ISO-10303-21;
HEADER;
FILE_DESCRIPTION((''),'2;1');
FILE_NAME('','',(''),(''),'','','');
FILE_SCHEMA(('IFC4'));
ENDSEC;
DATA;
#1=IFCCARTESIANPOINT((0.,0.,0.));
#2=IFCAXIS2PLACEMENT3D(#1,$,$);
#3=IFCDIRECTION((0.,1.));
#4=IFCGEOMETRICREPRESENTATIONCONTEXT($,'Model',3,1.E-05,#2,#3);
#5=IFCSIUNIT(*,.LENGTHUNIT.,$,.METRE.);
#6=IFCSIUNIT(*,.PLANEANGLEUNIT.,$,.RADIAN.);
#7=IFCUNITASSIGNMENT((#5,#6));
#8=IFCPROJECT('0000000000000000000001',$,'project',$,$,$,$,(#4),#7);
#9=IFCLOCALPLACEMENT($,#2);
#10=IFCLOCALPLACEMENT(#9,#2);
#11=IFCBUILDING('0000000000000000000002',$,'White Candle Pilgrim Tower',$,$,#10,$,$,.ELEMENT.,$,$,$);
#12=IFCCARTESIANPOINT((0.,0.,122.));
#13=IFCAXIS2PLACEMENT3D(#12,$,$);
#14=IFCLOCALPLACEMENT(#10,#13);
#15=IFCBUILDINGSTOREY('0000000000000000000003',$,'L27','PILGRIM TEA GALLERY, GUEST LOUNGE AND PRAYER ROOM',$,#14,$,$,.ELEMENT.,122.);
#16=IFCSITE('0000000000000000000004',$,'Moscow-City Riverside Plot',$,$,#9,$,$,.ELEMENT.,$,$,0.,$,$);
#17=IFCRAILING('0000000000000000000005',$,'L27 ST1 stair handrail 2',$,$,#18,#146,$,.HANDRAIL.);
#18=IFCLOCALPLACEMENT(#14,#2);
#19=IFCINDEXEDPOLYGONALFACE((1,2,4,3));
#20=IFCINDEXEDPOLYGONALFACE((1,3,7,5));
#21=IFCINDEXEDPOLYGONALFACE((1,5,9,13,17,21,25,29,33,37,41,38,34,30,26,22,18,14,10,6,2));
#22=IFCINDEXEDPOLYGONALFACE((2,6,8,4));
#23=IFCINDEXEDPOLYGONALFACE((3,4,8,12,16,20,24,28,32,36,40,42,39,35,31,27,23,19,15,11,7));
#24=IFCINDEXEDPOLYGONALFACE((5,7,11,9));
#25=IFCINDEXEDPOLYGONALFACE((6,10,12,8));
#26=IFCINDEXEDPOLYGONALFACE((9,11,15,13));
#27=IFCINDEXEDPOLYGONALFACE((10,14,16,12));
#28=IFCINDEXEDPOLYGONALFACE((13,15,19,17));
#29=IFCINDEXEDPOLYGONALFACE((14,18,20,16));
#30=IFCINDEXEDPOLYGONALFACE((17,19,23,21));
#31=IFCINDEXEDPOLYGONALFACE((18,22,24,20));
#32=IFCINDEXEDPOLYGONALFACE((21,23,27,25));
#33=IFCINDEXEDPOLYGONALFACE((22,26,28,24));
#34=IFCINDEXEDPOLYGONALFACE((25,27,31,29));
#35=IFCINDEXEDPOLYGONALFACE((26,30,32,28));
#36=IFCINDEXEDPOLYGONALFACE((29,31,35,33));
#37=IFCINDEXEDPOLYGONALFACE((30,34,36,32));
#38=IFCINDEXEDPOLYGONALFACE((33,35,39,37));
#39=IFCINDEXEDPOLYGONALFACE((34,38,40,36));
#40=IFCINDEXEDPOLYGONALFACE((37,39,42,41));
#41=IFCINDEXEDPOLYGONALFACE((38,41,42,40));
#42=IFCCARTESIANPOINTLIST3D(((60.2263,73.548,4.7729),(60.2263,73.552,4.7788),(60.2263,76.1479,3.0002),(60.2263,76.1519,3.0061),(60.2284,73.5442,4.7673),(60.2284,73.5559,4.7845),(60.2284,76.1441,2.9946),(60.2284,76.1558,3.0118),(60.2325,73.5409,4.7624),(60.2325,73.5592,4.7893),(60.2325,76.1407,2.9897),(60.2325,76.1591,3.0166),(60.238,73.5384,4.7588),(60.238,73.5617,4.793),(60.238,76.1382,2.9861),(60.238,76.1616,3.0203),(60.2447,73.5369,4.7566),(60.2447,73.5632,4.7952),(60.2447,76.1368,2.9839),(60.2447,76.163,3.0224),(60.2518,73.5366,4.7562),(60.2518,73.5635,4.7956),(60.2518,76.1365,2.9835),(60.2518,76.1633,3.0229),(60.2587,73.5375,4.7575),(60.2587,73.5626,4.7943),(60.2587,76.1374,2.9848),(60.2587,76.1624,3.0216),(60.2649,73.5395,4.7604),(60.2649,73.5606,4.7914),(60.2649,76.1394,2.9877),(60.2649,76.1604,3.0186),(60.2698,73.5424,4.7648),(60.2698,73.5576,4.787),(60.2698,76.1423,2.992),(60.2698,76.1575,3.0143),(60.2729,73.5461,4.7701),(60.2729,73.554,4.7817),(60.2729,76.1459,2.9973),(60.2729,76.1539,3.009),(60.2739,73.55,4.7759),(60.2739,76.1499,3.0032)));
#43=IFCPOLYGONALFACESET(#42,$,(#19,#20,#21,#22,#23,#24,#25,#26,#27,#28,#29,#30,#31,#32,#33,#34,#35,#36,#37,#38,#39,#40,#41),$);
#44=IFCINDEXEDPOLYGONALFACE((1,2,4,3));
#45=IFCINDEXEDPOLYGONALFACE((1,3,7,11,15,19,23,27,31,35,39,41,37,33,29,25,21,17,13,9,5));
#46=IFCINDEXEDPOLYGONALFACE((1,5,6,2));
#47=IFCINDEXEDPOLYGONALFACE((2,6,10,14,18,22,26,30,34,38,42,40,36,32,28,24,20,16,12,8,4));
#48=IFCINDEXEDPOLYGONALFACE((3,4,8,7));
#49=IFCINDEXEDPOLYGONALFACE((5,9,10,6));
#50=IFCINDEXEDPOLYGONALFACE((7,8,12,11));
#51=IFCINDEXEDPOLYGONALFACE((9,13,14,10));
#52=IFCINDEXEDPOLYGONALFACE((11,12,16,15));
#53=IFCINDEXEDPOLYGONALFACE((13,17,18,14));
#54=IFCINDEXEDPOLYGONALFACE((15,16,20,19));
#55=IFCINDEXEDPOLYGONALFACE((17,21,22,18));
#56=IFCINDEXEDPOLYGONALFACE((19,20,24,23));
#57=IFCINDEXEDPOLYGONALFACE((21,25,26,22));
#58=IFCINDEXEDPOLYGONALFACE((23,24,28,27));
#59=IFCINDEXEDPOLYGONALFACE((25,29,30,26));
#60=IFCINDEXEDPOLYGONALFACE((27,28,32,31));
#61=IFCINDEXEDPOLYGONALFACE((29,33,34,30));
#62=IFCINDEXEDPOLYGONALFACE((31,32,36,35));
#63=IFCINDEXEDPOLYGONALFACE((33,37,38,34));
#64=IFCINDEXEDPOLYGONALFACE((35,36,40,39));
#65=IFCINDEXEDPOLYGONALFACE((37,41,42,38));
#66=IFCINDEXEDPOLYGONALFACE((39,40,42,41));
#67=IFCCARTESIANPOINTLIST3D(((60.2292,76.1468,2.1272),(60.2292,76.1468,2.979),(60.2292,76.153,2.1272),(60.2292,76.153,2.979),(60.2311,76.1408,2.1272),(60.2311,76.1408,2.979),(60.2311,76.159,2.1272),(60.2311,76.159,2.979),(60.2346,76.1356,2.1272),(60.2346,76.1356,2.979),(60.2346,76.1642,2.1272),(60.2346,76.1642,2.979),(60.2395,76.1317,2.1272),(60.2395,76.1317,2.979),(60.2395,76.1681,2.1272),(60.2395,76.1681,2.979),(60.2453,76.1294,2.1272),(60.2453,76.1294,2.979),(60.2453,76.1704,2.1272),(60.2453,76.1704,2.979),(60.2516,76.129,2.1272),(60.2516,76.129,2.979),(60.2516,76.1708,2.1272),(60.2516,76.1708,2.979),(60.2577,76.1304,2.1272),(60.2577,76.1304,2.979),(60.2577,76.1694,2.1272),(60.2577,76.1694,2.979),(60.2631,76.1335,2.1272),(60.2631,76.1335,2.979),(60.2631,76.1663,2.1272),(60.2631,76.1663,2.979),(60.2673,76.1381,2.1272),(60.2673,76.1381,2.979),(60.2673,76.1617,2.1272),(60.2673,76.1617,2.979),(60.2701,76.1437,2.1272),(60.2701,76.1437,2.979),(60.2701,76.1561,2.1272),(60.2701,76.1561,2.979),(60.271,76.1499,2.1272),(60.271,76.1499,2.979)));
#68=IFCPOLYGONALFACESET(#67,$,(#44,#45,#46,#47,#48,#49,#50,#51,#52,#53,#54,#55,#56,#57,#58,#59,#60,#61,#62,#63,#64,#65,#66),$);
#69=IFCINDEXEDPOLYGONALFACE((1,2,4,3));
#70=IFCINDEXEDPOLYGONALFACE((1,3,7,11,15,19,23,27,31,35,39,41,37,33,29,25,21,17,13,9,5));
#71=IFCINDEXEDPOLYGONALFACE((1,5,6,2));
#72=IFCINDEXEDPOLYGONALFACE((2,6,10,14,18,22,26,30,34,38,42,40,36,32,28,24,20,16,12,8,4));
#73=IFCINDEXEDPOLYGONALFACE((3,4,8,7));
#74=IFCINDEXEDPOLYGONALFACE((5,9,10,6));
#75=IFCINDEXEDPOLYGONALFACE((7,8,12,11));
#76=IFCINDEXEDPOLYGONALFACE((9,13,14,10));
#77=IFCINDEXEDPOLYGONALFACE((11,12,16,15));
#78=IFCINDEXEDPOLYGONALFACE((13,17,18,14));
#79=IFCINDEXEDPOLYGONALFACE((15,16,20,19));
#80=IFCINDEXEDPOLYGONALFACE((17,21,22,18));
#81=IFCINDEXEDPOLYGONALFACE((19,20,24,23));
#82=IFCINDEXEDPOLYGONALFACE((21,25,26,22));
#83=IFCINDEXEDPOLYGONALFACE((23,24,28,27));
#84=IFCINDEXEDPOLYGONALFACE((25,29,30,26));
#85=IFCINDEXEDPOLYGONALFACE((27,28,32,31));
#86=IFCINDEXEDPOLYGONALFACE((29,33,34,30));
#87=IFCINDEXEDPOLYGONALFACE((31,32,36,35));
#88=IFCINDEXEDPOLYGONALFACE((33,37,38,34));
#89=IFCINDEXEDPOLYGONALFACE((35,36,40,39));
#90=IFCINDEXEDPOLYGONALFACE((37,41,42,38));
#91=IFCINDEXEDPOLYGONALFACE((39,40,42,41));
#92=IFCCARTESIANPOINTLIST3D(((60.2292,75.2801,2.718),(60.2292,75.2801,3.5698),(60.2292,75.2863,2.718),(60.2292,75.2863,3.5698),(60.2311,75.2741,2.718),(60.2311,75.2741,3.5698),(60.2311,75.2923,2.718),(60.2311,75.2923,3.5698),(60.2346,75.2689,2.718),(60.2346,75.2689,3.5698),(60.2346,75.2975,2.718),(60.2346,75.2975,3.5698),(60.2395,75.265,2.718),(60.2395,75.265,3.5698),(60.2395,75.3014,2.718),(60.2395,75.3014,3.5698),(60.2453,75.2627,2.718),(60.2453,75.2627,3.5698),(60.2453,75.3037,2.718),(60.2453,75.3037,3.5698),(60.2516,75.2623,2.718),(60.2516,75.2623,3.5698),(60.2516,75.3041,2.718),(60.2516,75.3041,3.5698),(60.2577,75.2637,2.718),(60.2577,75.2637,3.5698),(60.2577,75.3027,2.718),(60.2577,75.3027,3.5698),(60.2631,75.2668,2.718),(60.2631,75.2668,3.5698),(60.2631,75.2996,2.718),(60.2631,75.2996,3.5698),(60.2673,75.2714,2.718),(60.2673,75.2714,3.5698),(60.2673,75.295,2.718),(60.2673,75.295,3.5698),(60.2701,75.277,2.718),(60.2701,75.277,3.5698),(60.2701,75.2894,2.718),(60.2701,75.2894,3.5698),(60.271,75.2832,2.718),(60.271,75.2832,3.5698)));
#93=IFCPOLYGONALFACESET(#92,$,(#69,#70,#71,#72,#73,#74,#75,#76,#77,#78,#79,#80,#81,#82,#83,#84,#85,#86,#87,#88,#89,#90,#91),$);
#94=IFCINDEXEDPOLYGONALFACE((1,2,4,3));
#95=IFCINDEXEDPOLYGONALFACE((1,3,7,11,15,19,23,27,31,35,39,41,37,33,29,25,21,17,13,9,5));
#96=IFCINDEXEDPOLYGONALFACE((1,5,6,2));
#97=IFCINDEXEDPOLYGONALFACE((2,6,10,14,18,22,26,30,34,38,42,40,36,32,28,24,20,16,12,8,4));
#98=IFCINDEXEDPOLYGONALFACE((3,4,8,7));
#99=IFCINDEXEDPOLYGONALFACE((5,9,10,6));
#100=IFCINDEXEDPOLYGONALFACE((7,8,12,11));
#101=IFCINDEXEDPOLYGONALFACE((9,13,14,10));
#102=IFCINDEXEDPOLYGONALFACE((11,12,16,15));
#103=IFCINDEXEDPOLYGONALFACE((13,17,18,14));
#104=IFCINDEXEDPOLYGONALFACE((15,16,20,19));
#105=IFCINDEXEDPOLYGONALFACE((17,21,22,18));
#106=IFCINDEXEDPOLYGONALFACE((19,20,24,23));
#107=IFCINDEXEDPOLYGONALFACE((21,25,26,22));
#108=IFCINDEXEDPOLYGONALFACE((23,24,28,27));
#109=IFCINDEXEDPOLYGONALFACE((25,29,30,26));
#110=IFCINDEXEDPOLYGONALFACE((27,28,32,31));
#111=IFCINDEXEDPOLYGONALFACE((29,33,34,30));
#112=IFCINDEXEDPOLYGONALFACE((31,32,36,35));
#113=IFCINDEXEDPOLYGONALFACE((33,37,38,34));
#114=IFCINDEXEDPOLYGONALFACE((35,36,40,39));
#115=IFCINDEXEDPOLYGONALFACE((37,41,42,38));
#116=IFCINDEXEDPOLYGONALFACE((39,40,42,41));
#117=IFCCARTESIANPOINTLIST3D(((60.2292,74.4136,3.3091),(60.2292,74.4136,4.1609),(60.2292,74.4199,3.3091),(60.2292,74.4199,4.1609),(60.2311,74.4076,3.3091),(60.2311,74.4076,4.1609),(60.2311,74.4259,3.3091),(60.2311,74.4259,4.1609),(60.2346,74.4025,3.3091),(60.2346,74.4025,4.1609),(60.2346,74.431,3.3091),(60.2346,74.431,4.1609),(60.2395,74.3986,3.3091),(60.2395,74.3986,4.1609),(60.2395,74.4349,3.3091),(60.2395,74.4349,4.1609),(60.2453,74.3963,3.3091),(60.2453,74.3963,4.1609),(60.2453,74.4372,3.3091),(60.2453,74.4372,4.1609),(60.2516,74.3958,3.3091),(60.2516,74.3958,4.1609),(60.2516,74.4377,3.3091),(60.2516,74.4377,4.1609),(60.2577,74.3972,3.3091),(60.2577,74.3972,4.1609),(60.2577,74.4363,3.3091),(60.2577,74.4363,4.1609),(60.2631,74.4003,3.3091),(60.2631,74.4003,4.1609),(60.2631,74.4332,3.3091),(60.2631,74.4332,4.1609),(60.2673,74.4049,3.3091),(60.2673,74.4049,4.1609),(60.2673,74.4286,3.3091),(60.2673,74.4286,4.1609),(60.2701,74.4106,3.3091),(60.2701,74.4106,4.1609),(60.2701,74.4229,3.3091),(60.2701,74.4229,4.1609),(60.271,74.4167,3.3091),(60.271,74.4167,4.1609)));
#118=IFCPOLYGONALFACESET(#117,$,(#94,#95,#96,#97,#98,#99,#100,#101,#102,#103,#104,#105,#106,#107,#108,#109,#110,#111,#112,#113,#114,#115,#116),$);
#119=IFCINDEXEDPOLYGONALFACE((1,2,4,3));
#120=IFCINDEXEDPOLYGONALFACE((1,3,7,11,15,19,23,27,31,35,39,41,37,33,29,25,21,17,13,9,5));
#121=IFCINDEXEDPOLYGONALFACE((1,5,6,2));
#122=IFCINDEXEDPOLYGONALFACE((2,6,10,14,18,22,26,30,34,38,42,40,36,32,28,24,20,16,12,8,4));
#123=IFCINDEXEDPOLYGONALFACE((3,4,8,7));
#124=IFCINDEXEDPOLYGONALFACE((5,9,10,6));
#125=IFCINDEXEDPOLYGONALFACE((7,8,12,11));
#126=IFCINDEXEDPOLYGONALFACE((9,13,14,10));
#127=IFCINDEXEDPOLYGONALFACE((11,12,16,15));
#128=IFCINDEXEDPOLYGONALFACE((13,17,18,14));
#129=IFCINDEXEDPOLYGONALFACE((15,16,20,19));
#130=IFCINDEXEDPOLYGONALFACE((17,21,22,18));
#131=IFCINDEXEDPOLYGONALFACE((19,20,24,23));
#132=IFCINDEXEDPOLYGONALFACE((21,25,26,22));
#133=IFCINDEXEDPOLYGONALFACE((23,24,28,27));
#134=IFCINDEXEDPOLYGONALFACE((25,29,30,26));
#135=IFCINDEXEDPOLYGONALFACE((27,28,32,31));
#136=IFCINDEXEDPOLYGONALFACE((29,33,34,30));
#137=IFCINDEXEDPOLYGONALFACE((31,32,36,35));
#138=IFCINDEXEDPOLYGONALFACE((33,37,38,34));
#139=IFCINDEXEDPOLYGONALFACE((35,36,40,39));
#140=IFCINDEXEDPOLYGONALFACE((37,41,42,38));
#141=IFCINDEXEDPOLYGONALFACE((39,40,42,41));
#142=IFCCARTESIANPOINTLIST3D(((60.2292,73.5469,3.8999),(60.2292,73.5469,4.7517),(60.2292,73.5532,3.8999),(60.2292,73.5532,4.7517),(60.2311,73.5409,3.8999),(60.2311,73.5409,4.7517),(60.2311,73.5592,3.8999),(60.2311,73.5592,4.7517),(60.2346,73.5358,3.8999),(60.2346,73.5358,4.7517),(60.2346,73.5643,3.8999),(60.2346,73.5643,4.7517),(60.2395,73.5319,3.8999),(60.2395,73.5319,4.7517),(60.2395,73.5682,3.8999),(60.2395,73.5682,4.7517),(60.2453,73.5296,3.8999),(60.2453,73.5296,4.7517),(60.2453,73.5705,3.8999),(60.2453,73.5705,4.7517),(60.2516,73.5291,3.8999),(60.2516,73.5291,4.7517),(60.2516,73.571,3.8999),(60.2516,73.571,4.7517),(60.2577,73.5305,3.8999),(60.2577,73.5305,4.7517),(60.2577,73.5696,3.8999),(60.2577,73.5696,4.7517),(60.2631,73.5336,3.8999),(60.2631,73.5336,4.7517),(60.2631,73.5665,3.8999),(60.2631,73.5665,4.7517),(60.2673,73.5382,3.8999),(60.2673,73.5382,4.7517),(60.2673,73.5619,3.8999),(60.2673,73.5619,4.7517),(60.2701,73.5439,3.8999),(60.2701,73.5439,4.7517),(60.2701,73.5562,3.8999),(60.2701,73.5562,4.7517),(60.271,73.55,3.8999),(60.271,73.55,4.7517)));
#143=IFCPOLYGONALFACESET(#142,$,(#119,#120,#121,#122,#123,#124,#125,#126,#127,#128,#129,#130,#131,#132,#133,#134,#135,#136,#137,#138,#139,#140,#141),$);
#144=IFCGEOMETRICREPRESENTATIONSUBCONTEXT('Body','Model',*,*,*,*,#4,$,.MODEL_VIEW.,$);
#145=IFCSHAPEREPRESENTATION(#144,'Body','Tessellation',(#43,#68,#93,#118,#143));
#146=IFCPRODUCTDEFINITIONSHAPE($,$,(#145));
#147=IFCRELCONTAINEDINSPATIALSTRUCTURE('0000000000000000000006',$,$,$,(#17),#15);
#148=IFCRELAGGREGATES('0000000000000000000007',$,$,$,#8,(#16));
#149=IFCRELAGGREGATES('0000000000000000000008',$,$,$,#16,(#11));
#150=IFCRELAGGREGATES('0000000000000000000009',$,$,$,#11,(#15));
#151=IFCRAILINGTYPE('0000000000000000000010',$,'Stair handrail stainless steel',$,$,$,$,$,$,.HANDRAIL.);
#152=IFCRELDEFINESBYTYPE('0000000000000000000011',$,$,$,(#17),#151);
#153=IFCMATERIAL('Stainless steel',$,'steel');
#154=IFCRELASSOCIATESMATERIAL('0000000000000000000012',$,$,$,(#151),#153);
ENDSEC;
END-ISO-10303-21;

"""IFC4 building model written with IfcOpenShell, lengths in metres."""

from ifc_helpers import new_model, si_unit, direction, frame, origin, origin_2d, place, context, subcontext, project, spatial, circle, extrude, material, type_object, element, save


model = new_model("IFC4")

# Units and contexts
model_context = context("Model", 3, precision=1e-05, world=origin(), true_north=direction((0.0, 1.0)))
body_context = subcontext(model_context, "Body", "Model", "MODEL_VIEW")
ifc_project = project(units=[si_unit("LENGTHUNIT", "METRE"), si_unit("PLANEANGLEUNIT", "RADIAN")], contexts=[model_context])

# Site, building, storey
site_placement = place(None, origin())
site = spatial("IfcSite", under=ifc_project, at=site_placement, Name="Moscow-City Riverside Plot", CompositionType="ELEMENT", RefElevation=0.0)
building_placement = place(site_placement, origin())
building = spatial("IfcBuilding", under=site, at=building_placement, Name="White Candle Pilgrim Tower", CompositionType="ELEMENT")
storey_placement = place(building_placement, frame((0.0, 0.0, 122.0)))
storey = spatial("IfcBuildingStorey", under=building, at=storey_placement, Name="L27", Description="PILGRIM TEA GALLERY, GUEST LOUNGE AND PRAYER ROOM", CompositionType="ELEMENT", Elevation=122.0)

# Shared definitions
ifc_material_1 = material(Name="Stainless steel", Category="steel")

# Railing
railing_type_1 = type_object("IfcRailingType", Name="Stair handrail stainless steel", PredefinedType="HANDRAIL", material=ifc_material_1)
railing_1_placement = place(storey_placement, frame((60.25, 76.1499, 2.1272)))
element("IfcRailing", 1, at=railing_1_placement, inside=storey, type_object=railing_type_1, Name="L27 ST1 stair handrail 2", PredefinedType="HANDRAIL", context=body_context, shape_type="SweptSolid", body=[
    extrude(circle(Radius=0.0239, at=origin_2d()), frame((0.0, 0.0, 0.876), z_axis=(0.0, -0.826216, 0.563354), x_axis=(1.0, 0.0, 0.0)), (0.0, 0.0, 1.0), 3.1467),
    extrude(circle(Radius=0.021, at=origin_2d()), origin(), (0.0, 0.0, 1.0), 0.8518),
    extrude(circle(Radius=0.021, at=origin_2d()), frame((0.0, -0.8667, 0.5908)), (0.0, 0.0, 1.0), 0.8518),
    extrude(circle(Radius=0.021, at=origin_2d()), frame((0.0, -1.7332, 1.1819)), (0.0, 0.0, 1.0), 0.8518),
    extrude(circle(Radius=0.021, at=origin_2d()), frame((0.0, -2.5999, 1.7727)), (0.0, 0.0, 1.0), 0.8518),
])

save(model, "model.ifc")
